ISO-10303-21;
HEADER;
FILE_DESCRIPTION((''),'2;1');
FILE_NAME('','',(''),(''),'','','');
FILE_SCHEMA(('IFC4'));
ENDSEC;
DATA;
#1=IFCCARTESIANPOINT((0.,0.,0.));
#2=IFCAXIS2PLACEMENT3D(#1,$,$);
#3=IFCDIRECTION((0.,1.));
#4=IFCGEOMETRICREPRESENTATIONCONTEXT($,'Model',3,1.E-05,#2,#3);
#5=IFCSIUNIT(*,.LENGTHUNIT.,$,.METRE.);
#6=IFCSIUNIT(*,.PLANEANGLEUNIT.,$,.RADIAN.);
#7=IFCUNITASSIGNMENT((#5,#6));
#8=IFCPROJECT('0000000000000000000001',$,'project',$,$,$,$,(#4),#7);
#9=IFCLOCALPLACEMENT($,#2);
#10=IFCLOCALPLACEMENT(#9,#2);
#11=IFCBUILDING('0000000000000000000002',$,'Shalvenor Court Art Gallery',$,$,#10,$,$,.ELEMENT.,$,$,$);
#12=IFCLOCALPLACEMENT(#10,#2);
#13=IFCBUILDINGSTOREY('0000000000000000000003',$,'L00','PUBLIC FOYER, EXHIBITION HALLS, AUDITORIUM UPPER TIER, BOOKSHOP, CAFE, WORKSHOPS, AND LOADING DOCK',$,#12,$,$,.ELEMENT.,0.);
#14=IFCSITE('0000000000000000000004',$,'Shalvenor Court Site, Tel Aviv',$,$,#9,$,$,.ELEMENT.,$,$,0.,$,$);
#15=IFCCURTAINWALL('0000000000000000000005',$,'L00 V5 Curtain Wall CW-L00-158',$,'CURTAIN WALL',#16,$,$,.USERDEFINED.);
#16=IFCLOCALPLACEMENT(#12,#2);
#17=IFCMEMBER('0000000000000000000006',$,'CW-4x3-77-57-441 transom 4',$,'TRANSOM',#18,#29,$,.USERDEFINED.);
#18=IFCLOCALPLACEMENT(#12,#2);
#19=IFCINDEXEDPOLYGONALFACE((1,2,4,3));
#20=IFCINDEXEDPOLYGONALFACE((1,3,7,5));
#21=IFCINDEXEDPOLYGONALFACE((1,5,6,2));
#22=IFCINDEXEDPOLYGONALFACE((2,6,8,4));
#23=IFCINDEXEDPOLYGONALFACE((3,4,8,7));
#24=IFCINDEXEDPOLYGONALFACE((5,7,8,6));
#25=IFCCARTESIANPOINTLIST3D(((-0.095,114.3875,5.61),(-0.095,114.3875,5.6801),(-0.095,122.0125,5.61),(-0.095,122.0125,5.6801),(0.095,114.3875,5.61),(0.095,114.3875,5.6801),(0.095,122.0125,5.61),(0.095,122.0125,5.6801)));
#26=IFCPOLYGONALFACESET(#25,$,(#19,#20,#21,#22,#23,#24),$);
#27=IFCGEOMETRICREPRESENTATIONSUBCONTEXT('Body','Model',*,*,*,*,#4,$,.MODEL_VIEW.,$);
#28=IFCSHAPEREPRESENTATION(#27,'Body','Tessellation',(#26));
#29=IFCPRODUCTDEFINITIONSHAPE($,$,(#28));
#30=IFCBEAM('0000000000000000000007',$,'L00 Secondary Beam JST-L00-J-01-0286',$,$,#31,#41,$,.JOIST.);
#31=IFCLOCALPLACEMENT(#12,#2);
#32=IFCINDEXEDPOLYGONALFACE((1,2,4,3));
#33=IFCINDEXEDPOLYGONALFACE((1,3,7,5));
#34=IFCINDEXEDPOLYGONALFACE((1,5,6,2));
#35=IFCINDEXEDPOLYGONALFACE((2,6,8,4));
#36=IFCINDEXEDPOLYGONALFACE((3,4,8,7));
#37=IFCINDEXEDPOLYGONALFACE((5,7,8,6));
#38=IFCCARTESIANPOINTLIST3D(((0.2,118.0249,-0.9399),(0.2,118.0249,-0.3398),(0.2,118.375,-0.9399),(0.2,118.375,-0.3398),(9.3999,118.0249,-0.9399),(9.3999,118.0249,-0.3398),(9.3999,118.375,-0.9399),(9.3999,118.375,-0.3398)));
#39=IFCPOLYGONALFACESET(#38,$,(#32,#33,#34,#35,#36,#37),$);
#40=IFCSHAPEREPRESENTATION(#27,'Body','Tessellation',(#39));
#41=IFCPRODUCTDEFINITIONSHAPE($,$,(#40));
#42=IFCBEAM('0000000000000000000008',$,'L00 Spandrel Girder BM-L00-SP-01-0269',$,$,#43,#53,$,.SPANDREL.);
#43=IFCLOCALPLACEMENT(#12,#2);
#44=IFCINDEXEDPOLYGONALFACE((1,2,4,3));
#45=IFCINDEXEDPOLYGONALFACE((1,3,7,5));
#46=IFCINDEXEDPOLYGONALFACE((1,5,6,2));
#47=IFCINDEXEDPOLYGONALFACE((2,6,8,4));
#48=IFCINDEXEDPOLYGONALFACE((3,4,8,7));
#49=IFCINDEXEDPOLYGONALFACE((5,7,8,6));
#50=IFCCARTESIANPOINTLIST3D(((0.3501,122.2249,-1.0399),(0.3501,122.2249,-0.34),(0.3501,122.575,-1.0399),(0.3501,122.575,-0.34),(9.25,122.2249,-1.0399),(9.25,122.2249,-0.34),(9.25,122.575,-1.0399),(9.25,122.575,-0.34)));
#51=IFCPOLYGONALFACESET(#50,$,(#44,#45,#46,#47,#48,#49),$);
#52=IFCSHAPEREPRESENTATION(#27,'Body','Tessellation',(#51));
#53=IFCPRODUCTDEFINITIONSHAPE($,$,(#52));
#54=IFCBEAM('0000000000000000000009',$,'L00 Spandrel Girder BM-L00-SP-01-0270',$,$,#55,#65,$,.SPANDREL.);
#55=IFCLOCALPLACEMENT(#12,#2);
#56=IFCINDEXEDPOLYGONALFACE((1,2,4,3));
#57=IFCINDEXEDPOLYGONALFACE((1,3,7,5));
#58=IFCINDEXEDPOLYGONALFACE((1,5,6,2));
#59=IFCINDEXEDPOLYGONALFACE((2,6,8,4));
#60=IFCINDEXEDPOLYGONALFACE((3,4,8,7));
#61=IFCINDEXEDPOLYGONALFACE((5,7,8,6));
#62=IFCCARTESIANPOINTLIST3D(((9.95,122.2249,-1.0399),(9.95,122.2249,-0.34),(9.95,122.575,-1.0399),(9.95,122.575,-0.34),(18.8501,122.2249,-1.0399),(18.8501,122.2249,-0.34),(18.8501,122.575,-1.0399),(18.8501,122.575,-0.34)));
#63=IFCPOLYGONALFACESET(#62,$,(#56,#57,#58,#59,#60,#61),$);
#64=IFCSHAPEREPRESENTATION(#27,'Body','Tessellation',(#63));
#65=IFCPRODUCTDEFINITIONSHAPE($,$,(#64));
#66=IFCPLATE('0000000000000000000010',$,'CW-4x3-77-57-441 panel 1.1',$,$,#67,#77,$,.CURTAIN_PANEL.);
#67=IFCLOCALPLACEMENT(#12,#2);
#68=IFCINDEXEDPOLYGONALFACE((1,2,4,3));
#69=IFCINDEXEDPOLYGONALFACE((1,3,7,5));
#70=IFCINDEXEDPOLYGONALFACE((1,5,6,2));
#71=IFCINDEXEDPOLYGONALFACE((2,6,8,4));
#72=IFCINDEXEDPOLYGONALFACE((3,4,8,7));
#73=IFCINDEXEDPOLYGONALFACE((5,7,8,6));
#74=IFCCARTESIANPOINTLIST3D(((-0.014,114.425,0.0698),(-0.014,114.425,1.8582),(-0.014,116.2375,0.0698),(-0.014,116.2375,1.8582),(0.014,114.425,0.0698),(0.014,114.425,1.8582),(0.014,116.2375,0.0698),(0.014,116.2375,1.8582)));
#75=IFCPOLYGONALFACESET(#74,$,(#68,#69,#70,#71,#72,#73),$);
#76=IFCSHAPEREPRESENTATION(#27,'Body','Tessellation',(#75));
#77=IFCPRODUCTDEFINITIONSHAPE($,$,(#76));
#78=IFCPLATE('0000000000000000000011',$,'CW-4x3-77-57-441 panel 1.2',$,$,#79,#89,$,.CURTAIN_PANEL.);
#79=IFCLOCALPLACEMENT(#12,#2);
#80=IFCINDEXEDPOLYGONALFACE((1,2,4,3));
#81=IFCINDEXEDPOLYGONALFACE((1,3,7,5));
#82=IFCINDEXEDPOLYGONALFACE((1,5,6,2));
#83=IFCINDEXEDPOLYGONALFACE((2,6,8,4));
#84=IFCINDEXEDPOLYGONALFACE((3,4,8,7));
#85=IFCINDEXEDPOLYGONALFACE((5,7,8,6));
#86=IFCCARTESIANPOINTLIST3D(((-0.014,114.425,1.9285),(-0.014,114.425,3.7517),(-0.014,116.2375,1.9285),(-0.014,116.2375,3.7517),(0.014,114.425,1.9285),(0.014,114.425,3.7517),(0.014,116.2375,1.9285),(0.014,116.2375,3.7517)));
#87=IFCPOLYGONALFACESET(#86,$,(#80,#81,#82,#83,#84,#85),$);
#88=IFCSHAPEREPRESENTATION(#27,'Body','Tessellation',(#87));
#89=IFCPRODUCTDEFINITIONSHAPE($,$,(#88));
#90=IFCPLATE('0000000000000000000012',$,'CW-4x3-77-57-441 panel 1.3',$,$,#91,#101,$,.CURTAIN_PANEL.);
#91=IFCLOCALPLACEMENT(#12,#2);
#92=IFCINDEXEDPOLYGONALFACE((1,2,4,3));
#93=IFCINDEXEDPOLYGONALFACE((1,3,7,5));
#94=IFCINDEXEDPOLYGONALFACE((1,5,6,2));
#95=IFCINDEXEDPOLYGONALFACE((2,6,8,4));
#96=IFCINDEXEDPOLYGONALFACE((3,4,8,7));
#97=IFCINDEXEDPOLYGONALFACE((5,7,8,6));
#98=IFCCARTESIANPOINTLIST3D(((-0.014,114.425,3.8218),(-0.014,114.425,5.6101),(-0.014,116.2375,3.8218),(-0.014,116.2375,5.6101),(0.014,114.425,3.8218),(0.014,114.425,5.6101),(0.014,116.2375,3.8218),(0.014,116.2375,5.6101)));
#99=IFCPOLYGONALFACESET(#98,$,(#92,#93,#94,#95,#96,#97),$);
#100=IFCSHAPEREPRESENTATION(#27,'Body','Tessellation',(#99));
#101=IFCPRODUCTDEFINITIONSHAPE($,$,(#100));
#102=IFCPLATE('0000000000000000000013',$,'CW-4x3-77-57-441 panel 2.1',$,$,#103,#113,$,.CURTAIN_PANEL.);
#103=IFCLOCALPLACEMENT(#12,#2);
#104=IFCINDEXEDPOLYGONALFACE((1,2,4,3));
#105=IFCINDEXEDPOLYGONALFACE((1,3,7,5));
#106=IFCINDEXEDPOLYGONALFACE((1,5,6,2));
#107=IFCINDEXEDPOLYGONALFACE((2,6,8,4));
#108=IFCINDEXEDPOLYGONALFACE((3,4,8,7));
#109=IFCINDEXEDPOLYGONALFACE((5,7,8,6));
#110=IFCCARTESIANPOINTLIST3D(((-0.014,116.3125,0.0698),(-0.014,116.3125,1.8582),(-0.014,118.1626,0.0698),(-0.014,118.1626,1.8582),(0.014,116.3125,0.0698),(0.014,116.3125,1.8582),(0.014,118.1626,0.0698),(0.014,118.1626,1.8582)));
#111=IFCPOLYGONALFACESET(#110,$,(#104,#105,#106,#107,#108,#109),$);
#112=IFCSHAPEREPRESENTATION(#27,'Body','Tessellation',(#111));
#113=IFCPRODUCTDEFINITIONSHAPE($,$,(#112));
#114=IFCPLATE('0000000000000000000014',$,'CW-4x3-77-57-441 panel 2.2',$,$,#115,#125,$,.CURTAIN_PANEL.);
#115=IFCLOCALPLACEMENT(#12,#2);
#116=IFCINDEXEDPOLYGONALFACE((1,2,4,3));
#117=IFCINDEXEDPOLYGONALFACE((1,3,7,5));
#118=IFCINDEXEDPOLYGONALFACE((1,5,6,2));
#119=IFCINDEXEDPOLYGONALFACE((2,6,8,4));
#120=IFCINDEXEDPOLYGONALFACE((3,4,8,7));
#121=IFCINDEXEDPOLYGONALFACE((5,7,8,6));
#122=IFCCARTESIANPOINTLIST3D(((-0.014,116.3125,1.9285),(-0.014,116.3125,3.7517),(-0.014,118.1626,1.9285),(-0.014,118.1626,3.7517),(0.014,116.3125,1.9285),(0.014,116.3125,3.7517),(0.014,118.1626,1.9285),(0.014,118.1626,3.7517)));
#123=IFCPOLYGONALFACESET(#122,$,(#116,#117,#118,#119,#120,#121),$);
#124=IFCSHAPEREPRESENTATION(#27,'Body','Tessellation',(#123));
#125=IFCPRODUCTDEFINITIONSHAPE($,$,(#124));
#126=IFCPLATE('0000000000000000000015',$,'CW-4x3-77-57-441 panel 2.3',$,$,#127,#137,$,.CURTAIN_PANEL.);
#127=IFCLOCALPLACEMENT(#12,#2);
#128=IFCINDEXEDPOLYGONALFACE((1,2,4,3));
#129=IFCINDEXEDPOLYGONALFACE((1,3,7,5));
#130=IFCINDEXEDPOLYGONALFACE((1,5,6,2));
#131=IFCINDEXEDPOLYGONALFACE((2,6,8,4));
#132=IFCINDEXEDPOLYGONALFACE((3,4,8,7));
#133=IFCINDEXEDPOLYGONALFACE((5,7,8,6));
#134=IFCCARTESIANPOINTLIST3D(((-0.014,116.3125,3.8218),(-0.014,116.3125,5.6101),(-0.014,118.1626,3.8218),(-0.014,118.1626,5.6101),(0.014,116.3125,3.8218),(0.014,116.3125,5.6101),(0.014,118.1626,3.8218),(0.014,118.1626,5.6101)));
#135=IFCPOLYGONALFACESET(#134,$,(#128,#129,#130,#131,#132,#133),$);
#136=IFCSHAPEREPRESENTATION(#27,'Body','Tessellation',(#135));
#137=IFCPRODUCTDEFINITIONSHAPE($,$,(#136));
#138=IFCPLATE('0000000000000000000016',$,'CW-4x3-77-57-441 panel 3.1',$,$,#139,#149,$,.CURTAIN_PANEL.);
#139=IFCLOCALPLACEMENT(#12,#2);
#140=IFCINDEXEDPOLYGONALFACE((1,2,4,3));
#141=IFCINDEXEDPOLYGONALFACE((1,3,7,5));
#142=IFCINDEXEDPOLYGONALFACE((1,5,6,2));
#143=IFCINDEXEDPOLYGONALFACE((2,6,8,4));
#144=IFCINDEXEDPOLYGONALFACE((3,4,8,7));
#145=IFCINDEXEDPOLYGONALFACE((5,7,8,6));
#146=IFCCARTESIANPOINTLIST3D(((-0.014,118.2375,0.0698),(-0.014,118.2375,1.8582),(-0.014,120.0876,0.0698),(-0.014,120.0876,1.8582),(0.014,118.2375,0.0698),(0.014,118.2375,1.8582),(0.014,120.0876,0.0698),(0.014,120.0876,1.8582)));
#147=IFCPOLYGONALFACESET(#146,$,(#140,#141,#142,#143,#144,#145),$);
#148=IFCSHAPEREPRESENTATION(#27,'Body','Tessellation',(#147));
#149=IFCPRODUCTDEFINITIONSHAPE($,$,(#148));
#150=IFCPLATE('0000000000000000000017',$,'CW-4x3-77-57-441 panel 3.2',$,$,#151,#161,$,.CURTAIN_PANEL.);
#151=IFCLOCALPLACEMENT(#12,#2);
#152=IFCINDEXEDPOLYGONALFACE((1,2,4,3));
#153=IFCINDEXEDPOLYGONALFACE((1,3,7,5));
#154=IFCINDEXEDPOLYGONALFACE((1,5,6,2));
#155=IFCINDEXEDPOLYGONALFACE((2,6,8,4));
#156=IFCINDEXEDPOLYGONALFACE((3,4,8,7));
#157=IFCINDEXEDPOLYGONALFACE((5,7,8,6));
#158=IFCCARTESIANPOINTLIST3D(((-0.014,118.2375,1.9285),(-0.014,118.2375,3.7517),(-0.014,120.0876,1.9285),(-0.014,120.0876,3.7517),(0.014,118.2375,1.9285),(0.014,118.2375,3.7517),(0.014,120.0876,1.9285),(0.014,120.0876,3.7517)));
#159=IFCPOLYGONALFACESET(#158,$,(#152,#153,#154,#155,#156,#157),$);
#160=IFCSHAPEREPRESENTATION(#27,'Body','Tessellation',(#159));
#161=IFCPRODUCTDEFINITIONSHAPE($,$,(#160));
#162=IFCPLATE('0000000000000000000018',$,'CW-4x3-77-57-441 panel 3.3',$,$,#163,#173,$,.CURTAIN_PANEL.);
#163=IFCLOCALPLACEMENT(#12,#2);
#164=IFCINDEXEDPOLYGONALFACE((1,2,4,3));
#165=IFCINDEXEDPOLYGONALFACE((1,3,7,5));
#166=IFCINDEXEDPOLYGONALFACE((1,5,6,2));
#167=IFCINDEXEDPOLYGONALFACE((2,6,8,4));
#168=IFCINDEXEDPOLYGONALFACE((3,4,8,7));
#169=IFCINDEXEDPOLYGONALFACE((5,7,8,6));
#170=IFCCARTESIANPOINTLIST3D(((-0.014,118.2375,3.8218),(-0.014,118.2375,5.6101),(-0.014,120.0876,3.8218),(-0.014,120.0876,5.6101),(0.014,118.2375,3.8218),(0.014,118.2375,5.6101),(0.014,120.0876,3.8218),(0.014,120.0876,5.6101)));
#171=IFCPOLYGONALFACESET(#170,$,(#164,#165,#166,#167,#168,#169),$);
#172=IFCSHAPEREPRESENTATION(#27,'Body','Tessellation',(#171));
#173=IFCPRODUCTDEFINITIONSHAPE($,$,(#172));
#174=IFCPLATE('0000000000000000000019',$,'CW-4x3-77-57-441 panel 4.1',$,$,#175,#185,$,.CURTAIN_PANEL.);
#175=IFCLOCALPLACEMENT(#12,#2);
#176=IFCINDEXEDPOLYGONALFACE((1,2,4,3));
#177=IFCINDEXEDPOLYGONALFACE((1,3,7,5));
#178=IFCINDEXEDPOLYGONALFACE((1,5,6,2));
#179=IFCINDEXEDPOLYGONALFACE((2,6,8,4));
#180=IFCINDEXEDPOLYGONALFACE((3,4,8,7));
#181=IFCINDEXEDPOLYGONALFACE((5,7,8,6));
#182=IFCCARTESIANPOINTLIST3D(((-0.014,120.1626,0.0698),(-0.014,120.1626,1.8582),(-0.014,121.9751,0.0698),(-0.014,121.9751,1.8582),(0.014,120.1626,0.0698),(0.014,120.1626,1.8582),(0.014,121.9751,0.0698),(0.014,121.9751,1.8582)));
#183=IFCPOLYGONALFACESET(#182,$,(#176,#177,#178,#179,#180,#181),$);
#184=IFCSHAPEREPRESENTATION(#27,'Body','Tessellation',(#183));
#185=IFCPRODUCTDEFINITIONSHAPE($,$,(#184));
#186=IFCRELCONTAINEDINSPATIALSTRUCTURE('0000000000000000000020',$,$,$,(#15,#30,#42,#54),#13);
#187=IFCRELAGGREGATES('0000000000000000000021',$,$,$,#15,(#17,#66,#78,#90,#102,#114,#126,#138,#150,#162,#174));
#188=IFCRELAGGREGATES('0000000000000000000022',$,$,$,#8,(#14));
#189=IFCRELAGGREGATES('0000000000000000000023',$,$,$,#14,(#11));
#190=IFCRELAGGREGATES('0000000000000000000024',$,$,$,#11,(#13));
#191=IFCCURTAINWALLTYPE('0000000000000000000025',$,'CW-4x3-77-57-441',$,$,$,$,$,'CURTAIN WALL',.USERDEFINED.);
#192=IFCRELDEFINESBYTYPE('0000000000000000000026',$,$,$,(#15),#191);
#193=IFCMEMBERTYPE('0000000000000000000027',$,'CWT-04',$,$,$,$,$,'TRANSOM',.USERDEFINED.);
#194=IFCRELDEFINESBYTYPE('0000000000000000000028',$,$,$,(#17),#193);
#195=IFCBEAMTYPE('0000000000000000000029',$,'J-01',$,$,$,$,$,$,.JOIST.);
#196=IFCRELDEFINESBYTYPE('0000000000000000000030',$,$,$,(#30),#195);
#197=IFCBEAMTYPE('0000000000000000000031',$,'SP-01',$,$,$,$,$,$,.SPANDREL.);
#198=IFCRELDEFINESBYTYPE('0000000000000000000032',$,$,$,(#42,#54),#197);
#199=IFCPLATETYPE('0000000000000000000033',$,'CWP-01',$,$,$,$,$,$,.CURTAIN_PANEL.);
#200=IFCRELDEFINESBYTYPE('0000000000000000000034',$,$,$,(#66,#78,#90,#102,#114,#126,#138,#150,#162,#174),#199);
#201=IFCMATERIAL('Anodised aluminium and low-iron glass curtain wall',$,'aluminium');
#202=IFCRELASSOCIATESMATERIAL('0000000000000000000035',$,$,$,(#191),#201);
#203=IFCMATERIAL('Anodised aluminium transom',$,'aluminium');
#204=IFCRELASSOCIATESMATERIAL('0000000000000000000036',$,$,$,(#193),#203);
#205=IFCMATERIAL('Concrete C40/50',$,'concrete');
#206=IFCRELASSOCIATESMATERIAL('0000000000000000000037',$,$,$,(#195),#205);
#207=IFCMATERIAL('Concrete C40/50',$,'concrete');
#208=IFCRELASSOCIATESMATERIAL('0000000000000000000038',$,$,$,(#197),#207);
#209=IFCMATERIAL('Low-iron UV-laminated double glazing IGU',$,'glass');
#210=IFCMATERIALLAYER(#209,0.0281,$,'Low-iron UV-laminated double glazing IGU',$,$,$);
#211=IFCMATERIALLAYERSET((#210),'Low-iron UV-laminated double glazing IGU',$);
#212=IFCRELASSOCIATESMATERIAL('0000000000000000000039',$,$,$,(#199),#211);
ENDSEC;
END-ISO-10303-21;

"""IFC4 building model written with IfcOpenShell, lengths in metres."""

from ifc_helpers import new_model, si_unit, direction, frame, origin, origin_2d, place, context, subcontext, project, spatial, rectangle, extrude, material, layer, layer_set, material_profile, profile_set, type_object, element, aggregate, save


model = new_model("IFC4")

# Units and contexts
model_context = context("Model", 3, precision=1e-05, world=origin(), true_north=direction((0.0, 1.0)))
body_context = subcontext(model_context, "Body", "Model", "MODEL_VIEW")
ifc_project = project(units=[si_unit("LENGTHUNIT", "METRE"), si_unit("PLANEANGLEUNIT", "RADIAN")], contexts=[model_context])

# Site, building, storey
site_placement = place(None, origin())
site = spatial("IfcSite", under=ifc_project, at=site_placement, Name="Shalvenor Court Site, Tel Aviv", CompositionType="ELEMENT", RefElevation=0.0)
building_placement = place(site_placement, origin())
building = spatial("IfcBuilding", under=site, at=building_placement, Name="Shalvenor Court Art Gallery", CompositionType="ELEMENT")
storey_placement = place(building_placement, origin())
storey = spatial("IfcBuildingStorey", under=building, at=storey_placement, Name="L00", Description="PUBLIC FOYER, EXHIBITION HALLS, AUDITORIUM UPPER TIER, BOOKSHOP, CAFE, WORKSHOPS, AND LOADING DOCK", CompositionType="ELEMENT", Elevation=0.0)

# Curtain wall, member
ifc_material_1 = material(Name="Anodised aluminium and low-iron glass curtain wall", Category="aluminium")
curtain_wall_type = type_object("IfcCurtainWallType", Name="CW-4x3-77-57-441", ElementType="CURTAIN WALL", PredefinedType="USERDEFINED", material=ifc_material_1)
curtain_wall_placement = place(storey_placement, origin())
curtain_wall = element("IfcCurtainWall", 1, at=curtain_wall_placement, inside=storey, type_object=curtain_wall_type, Name="L00 V5 Curtain Wall CW-L00-158", ObjectType="CURTAIN WALL", PredefinedType="USERDEFINED")
ifc_material_2 = material(Name="Anodised aluminium transom", Category="aluminium")
ifc_material_profile_1 = material_profile(ifc_material_2, rectangle(XDim=0.1899, YDim=0.0701, at=origin_2d()), Name="CWT-04")
ifc_profile_set_1 = profile_set([ifc_material_profile_1], Name="Anodised aluminium transom")
member_type_1 = type_object("IfcMemberType", Name="CWT-04", ElementType="TRANSOM", PredefinedType="USERDEFINED", material=ifc_profile_set_1)
member_1_placement = place(storey_placement, frame((0.0, 114.3875, 5.645), z_axis=(0.0, 1.0, 0.0), x_axis=(-1.0, 0.0, 0.0)))
member_1 = element("IfcMember", 2, at=member_1_placement, type_object=member_type_1, Name="CW-4x3-77-57-441 transom 4", ObjectType="TRANSOM", PredefinedType="USERDEFINED", context=body_context, shape_type="SweptSolid", body=[
    extrude(rectangle(XDim=0.1899, YDim=0.0701, at=origin_2d()), origin(), (0.0, 0.0, 1.0), 7.625),
])

# Beams
ifc_material_3 = material(Name="Concrete C40/50", Category="concrete")
ifc_material_profile_2 = material_profile(ifc_material_3, rectangle(XDim=0.3501, YDim=0.6001, at=origin_2d()), Name="RC 350x600")
ifc_profile_set_2 = profile_set([ifc_material_profile_2], Name="Concrete C40/50")
beam_type_1 = type_object("IfcBeamType", Name="J-01", PredefinedType="JOIST", material=ifc_profile_set_2)
beam_1_placement = place(storey_placement, frame((0.2, 118.2, -0.6399), z_axis=(1.0, 0.0, 0.0), x_axis=(0.0, 1.0, 0.0)))
element("IfcBeam", 3, at=beam_1_placement, inside=storey, type_object=beam_type_1, Name="L00 Secondary Beam JST-L00-J-01-0286", PredefinedType="JOIST", context=body_context, shape_type="SweptSolid", body=[
    extrude(rectangle(XDim=0.3501, YDim=0.6001, at=origin_2d()), origin(), (0.0, 0.0, 1.0), 9.2),
])
ifc_material_4 = material(Name="Concrete C40/50", Category="concrete")
ifc_material_profile_3 = material_profile(ifc_material_4, rectangle(XDim=0.3501, YDim=0.7, at=origin_2d()), Name="RC 350x700")
ifc_profile_set_3 = profile_set([ifc_material_profile_3], Name="Concrete C40/50")
beam_type_2 = type_object("IfcBeamType", Name="SP-01", PredefinedType="SPANDREL", material=ifc_profile_set_3)
beam_2_placement = place(storey_placement, frame((0.3501, 122.3999, -0.6899), z_axis=(1.0, 0.0, 0.0), x_axis=(0.0, 1.0, 0.0)))
element("IfcBeam", 4, at=beam_2_placement, inside=storey, type_object=beam_type_2, Name="L00 Spandrel Girder BM-L00-SP-01-0269", PredefinedType="SPANDREL", context=body_context, shape_type="SweptSolid", body=[
    extrude(rectangle(XDim=0.3501, YDim=0.7, at=origin_2d()), origin(), (0.0, 0.0, 1.0), 8.8999),
])
beam_3_placement = place(storey_placement, frame((9.95, 122.3999, -0.6899), z_axis=(1.0, 0.0, 0.0), x_axis=(0.0, 1.0, 0.0)))
element("IfcBeam", 5, at=beam_3_placement, inside=storey, type_object=beam_type_2, Name="L00 Spandrel Girder BM-L00-SP-01-0270", PredefinedType="SPANDREL", context=body_context, shape_type="SweptSolid", body=[
    extrude(rectangle(XDim=0.3501, YDim=0.7, at=origin_2d()), origin(), (0.0, 0.0, 1.0), 8.9001),
])

# Plates
ifc_material_5 = material(Name="Low-iron UV-laminated double glazing IGU", Category="glass")
ifc_layer_1 = layer(ifc_material_5, 0.0281, Name="Low-iron UV-laminated double glazing IGU")
ifc_layer_set_1 = layer_set([ifc_layer_1], Name="Low-iron UV-laminated double glazing IGU")
plate_type_1 = type_object("IfcPlateType", Name="CWP-01", PredefinedType="CURTAIN_PANEL", material=ifc_layer_set_1)
plate_1_placement = place(storey_placement, frame((0.0, 115.3313, 0.0698), z_axis=(0.0, 0.0, 1.0), x_axis=(0.0, 1.0, 0.0)))
plate_1 = element("IfcPlate", 6, at=plate_1_placement, type_object=plate_type_1, Name="CW-4x3-77-57-441 panel 1.1", PredefinedType="CURTAIN_PANEL", context=body_context, shape_type="SweptSolid", body=[
    extrude(rectangle(XDim=1.8125, YDim=0.0281, at=origin_2d()), origin(), (0.0, 0.0, 1.0), 1.7883),
])
plate_2_placement = place(storey_placement, frame((0.0, 115.3313, 1.9285), z_axis=(0.0, 0.0, 1.0), x_axis=(0.0, 1.0, 0.0)))
plate_2 = element("IfcPlate", 7, at=plate_2_placement, type_object=plate_type_1, Name="CW-4x3-77-57-441 panel 1.2", PredefinedType="CURTAIN_PANEL", context=body_context, shape_type="SweptSolid", body=[
    extrude(rectangle(XDim=1.8125, YDim=0.0281, at=origin_2d()), origin(), (0.0, 0.0, 1.0), 1.8232),
])
plate_3_placement = place(storey_placement, frame((0.0, 115.3313, 3.8218), z_axis=(0.0, 0.0, 1.0), x_axis=(0.0, 1.0, 0.0)))
plate_3 = element("IfcPlate", 8, at=plate_3_placement, type_object=plate_type_1, Name="CW-4x3-77-57-441 panel 1.3", PredefinedType="CURTAIN_PANEL", context=body_context, shape_type="SweptSolid", body=[
    extrude(rectangle(XDim=1.8125, YDim=0.0281, at=origin_2d()), origin(), (0.0, 0.0, 1.0), 1.7883),
])
plate_4_placement = place(storey_placement, frame((0.0, 117.2375, 0.0698), z_axis=(0.0, 0.0, 1.0), x_axis=(0.0, 1.0, 0.0)))
plate_4 = element("IfcPlate", 9, at=plate_4_placement, type_object=plate_type_1, Name="CW-4x3-77-57-441 panel 2.1", PredefinedType="CURTAIN_PANEL", context=body_context, shape_type="SweptSolid", body=[
    extrude(rectangle(XDim=1.8501, YDim=0.0281, at=origin_2d()), origin(), (0.0, 0.0, 1.0), 1.7883),
])
plate_5_placement = place(storey_placement, frame((0.0, 117.2375, 1.9285), z_axis=(0.0, 0.0, 1.0), x_axis=(0.0, 1.0, 0.0)))
plate_5 = element("IfcPlate", 10, at=plate_5_placement, type_object=plate_type_1, Name="CW-4x3-77-57-441 panel 2.2", PredefinedType="CURTAIN_PANEL", context=body_context, shape_type="SweptSolid", body=[
    extrude(rectangle(XDim=1.8501, YDim=0.0281, at=origin_2d()), origin(), (0.0, 0.0, 1.0), 1.8232),
])
plate_6_placement = place(storey_placement, frame((0.0, 117.2375, 3.8218), z_axis=(0.0, 0.0, 1.0), x_axis=(0.0, 1.0, 0.0)))
plate_6 = element("IfcPlate", 11, at=plate_6_placement, type_object=plate_type_1, Name="CW-4x3-77-57-441 panel 2.3", PredefinedType="CURTAIN_PANEL", context=body_context, shape_type="SweptSolid", body=[
    extrude(rectangle(XDim=1.8501, YDim=0.0281, at=origin_2d()), origin(), (0.0, 0.0, 1.0), 1.7883),
])
plate_7_placement = place(storey_placement, frame((0.0, 119.1626, 0.0698), z_axis=(0.0, 0.0, 1.0), x_axis=(0.0, 1.0, 0.0)))
plate_7 = element("IfcPlate", 12, at=plate_7_placement, type_object=plate_type_1, Name="CW-4x3-77-57-441 panel 3.1", PredefinedType="CURTAIN_PANEL", context=body_context, shape_type="SweptSolid", body=[
    extrude(rectangle(XDim=1.8501, YDim=0.0281, at=origin_2d()), origin(), (0.0, 0.0, 1.0), 1.7883),
])
plate_8_placement = place(storey_placement, frame((0.0, 119.1626, 1.9285), z_axis=(0.0, 0.0, 1.0), x_axis=(0.0, 1.0, 0.0)))
plate_8 = element("IfcPlate", 13, at=plate_8_placement, type_object=plate_type_1, Name="CW-4x3-77-57-441 panel 3.2", PredefinedType="CURTAIN_PANEL", context=body_context, shape_type="SweptSolid", body=[
    extrude(rectangle(XDim=1.8501, YDim=0.0281, at=origin_2d()), origin(), (0.0, 0.0, 1.0), 1.8232),
])
plate_9_placement = place(storey_placement, frame((0.0, 119.1626, 3.8218), z_axis=(0.0, 0.0, 1.0), x_axis=(0.0, 1.0, 0.0)))
plate_9 = element("IfcPlate", 14, at=plate_9_placement, type_object=plate_type_1, Name="CW-4x3-77-57-441 panel 3.3", PredefinedType="CURTAIN_PANEL", context=body_context, shape_type="SweptSolid", body=[
    extrude(rectangle(XDim=1.8501, YDim=0.0281, at=origin_2d()), origin(), (0.0, 0.0, 1.0), 1.7883),
])
plate_10_placement = place(storey_placement, frame((0.0, 121.0688, 0.0698), z_axis=(0.0, 0.0, 1.0), x_axis=(0.0, 1.0, 0.0)))
plate_10 = element("IfcPlate", 15, at=plate_10_placement, type_object=plate_type_1, Name="CW-4x3-77-57-441 panel 4.1", PredefinedType="CURTAIN_PANEL", context=body_context, shape_type="SweptSolid", body=[
    extrude(rectangle(XDim=1.8125, YDim=0.0281, at=origin_2d()), origin(), (0.0, 0.0, 1.0), 1.7883),
])
aggregate(curtain_wall, [member_1, plate_1, plate_2, plate_3, plate_4, plate_5, plate_6, plate_7, plate_8, plate_9, plate_10])

save(model, "model.ifc")
